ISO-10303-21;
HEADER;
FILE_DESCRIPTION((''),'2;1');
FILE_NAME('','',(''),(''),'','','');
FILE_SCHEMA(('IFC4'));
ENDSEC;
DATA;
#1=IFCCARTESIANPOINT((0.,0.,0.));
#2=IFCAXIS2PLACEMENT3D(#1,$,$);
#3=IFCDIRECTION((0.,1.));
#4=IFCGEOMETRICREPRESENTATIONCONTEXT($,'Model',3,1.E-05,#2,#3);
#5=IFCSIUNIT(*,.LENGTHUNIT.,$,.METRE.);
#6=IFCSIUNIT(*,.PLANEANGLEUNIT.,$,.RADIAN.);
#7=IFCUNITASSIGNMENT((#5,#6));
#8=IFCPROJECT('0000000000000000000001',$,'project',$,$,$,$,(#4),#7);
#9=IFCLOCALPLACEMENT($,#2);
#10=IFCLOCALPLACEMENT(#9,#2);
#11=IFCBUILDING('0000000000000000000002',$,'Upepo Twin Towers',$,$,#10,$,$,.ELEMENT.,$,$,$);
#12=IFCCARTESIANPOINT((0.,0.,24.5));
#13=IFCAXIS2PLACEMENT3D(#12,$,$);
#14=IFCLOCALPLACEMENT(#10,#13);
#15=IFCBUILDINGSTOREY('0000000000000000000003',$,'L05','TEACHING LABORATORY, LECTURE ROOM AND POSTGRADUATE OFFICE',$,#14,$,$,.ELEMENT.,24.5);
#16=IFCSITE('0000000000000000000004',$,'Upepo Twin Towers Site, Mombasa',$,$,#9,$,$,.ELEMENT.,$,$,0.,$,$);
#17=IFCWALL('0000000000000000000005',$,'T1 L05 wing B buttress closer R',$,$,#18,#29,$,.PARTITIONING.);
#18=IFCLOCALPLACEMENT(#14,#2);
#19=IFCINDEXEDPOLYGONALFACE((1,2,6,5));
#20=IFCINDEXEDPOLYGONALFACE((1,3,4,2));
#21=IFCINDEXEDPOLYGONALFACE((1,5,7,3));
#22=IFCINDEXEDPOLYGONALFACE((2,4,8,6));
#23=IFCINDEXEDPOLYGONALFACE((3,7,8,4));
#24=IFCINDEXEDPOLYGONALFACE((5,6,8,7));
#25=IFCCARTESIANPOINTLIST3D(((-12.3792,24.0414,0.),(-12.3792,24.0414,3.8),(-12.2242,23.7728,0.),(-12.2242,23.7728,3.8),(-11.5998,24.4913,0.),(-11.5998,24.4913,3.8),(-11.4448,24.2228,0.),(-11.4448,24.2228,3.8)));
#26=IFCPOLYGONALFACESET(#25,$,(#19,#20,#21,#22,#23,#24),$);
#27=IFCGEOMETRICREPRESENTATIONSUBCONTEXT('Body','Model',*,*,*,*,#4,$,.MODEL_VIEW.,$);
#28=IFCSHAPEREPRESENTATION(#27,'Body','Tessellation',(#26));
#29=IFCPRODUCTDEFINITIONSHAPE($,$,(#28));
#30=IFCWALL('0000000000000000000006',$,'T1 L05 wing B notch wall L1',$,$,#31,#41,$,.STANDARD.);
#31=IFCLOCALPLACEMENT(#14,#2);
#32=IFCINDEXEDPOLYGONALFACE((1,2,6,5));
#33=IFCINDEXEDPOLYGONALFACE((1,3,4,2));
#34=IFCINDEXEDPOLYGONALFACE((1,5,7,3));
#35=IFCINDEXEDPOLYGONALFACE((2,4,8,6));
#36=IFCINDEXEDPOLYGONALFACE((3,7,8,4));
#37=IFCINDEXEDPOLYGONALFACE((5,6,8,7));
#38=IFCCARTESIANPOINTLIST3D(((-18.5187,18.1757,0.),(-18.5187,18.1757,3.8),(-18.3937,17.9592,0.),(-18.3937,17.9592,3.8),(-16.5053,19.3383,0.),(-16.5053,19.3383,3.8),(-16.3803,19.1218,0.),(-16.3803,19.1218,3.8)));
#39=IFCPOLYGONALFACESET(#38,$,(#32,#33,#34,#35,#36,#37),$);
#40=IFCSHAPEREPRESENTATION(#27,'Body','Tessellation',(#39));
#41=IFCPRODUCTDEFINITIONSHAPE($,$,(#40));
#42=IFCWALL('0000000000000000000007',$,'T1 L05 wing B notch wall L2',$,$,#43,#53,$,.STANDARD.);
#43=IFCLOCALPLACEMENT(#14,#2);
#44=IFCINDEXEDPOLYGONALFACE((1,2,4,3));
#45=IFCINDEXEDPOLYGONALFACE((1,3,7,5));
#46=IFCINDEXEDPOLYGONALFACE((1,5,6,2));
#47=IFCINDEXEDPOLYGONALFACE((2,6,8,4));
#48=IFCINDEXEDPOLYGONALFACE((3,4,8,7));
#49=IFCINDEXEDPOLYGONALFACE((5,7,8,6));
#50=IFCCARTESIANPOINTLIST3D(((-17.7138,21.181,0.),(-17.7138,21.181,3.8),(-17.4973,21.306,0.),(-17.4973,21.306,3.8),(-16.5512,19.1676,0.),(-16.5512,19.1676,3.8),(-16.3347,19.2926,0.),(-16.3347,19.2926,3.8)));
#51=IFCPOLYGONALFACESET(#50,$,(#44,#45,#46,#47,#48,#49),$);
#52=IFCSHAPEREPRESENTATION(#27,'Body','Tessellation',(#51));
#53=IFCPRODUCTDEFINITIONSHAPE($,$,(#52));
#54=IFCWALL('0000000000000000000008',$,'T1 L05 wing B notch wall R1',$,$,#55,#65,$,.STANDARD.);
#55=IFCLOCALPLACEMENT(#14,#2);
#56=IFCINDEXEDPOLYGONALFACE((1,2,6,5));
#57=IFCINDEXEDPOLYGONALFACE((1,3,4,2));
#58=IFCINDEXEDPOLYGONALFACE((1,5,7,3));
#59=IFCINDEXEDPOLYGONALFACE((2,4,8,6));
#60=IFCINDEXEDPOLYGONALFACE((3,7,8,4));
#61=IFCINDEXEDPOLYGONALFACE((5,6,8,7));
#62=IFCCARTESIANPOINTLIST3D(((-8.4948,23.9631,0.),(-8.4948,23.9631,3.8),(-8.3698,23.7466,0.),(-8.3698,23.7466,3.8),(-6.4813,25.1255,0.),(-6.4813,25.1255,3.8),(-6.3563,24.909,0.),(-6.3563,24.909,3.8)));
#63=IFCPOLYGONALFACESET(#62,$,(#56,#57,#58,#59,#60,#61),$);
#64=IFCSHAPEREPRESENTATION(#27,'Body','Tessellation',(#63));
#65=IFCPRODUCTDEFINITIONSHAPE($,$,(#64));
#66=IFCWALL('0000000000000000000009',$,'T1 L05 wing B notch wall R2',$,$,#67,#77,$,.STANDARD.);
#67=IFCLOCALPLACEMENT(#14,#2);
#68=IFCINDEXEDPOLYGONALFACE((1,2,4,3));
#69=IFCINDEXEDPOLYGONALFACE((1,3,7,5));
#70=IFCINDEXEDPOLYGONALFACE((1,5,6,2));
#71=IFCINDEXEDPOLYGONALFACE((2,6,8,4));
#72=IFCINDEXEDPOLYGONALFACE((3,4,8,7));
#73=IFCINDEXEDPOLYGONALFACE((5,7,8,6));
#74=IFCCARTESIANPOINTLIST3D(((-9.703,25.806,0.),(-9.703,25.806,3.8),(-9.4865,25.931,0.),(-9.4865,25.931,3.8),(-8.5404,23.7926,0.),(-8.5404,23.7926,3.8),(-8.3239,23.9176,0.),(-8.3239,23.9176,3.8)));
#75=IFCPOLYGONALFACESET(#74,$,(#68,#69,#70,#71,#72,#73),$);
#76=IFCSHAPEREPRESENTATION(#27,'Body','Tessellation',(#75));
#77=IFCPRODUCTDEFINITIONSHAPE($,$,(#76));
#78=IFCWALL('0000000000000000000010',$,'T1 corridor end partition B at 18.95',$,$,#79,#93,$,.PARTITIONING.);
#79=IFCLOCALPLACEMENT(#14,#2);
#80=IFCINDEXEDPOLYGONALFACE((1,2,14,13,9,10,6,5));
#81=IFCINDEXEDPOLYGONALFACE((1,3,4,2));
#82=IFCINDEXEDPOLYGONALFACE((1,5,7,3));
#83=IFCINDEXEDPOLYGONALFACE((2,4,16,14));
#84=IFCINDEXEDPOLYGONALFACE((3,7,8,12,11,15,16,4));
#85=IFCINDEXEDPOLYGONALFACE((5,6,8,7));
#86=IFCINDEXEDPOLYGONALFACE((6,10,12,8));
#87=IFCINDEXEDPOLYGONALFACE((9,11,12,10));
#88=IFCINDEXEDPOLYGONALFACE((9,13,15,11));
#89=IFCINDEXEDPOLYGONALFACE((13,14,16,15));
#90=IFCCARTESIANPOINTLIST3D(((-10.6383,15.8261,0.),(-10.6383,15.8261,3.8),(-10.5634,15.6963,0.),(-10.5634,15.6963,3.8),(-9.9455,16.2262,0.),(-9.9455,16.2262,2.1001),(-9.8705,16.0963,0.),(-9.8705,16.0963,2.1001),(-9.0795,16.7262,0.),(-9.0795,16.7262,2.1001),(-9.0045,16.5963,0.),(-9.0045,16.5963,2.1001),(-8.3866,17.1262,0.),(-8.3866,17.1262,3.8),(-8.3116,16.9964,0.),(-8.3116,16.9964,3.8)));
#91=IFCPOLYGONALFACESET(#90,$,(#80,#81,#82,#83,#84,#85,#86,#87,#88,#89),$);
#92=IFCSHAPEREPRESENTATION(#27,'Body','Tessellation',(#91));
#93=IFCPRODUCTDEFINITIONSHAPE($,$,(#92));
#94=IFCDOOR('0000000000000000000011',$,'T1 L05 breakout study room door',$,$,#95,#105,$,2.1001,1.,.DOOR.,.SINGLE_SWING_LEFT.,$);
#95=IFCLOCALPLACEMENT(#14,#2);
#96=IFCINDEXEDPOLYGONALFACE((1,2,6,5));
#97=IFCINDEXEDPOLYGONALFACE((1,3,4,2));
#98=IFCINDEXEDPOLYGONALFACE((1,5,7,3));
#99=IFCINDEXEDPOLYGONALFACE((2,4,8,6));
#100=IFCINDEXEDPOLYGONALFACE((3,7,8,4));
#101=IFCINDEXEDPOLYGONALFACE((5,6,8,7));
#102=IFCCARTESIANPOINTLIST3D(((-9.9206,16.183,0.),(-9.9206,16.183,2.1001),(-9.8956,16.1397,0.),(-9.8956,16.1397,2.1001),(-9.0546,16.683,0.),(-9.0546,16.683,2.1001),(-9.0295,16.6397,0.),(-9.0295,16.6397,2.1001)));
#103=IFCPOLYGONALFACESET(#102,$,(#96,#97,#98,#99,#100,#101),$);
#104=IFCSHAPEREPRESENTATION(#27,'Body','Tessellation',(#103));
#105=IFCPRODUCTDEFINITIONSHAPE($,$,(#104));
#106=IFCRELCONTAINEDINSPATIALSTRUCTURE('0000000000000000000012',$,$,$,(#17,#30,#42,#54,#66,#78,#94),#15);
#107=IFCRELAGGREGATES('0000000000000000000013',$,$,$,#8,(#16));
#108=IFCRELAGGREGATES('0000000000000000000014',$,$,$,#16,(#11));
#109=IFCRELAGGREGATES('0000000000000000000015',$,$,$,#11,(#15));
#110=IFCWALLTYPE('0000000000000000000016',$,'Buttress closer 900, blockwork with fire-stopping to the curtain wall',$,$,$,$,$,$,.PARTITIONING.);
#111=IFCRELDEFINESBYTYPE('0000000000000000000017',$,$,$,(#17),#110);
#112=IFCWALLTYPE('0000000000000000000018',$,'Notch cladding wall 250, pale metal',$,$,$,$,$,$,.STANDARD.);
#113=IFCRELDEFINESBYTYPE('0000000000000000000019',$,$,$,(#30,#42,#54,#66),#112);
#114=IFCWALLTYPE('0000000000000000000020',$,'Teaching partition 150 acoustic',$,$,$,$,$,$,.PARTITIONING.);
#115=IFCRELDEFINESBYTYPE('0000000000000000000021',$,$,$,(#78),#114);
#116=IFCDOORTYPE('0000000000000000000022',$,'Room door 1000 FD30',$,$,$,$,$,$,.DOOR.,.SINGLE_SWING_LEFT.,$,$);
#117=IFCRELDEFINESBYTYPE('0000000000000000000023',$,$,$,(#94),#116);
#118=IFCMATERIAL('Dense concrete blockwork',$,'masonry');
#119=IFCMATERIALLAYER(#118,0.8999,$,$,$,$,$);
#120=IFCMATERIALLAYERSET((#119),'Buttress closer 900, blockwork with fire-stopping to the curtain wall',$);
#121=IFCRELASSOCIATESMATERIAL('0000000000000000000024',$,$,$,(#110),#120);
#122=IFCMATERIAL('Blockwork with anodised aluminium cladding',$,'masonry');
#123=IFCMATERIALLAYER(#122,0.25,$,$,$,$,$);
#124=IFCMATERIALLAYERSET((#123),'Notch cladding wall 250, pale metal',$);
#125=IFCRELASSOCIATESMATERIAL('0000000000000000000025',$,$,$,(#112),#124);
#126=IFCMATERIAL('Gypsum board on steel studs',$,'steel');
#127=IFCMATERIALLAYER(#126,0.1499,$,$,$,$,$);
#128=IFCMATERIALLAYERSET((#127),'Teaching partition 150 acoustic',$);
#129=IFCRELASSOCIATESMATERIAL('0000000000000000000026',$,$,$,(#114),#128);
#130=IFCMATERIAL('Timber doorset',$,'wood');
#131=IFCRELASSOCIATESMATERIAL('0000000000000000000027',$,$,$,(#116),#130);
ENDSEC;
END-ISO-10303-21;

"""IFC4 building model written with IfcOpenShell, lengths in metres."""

from ifc_helpers import new_model, si_unit, direction, frame, frame_2d, origin, place, context, subcontext, project, spatial, rectangle, extrude, material, layer, layer_set, type_object, element, fill, save


model = new_model("IFC4")

# Units and contexts
model_context = context("Model", 3, precision=1e-05, world=origin(), true_north=direction((0.0, 1.0)))
body_context = subcontext(model_context, "Body", "Model", "MODEL_VIEW")
ifc_project = project(units=[si_unit("LENGTHUNIT", "METRE"), si_unit("PLANEANGLEUNIT", "RADIAN")], contexts=[model_context])

# Site, building, storey
site_placement = place(None, origin())
site = spatial("IfcSite", under=ifc_project, at=site_placement, Name="Upepo Twin Towers Site, Mombasa", CompositionType="ELEMENT", RefElevation=0.0)
building_placement = place(site_placement, origin())
building = spatial("IfcBuilding", under=site, at=building_placement, Name="Upepo Twin Towers", CompositionType="ELEMENT")
storey_placement = place(building_placement, frame((0.0, 0.0, 24.5)))
storey = spatial("IfcBuildingStorey", under=building, at=storey_placement, Name="L05", Description="TEACHING LABORATORY, LECTURE ROOM AND POSTGRADUATE OFFICE", CompositionType="ELEMENT", Elevation=24.5)

# Walls
ifc_material_1 = material(Name="Dense concrete blockwork", Category="masonry")
ifc_layer_1 = layer(ifc_material_1, 0.8999)
ifc_layer_set_1 = layer_set([ifc_layer_1], Name="Buttress closer 900, blockwork with fire-stopping to the curtain wall")
wall_type_1 = type_object("IfcWallType", Name="Buttress closer 900, blockwork with fire-stopping to the curtain wall", PredefinedType="PARTITIONING", material=ifc_layer_set_1)
for number, where, z_axis, x_axis, name in (
    (1, (-11.8345, 23.9978, 0.0), (0.0, 0.0, 1.0), (-0.49995, 0.866054, 0.0), "T1 L05 wing B buttress closer R"),
):
    element("IfcWall", number, at=place(storey_placement, frame(where, z_axis=z_axis, x_axis=x_axis)), inside=storey, type_object=wall_type_1, Name=name, PredefinedType="PARTITIONING", context=body_context, shape_type="SweptSolid", body=[
        extrude(rectangle(XDim=0.3101, YDim=0.8999, at=frame_2d((0.155, 0.0))), origin(), (0.0, 0.0, 1.0), 3.8),
    ])
ifc_material_2 = material(Name="Blockwork with anodised aluminium cladding", Category="masonry")
ifc_layer_2 = layer(ifc_material_2, 0.25)
ifc_layer_set_2 = layer_set([ifc_layer_2], Name="Notch cladding wall 250, pale metal")
wall_type_2 = type_object("IfcWallType", Name="Notch cladding wall 250, pale metal", PredefinedType="STANDARD", material=ifc_layer_set_2)
for number, where, z_axis, x_axis, name in (
    (2, (-18.4563, 18.0674, 0.0), (0.0, 0.0, 1.0), (0.865998, 0.500047, 0.0), "T1 L05 wing B notch wall L1"),
    (3, (-16.4429, 19.23, 0.0), (0.0, 0.0, 1.0), (-0.500047, 0.865998, 0.0), "T1 L05 wing B notch wall L2"),
    (4, (-6.4187, 25.0173, 0.0), (0.0, 0.0, 1.0), (-0.866044, -0.499968, 0.0), "T1 L05 wing B notch wall R1"),
    (5, (-8.4321, 23.855, 0.0), (0.0, 0.0, 1.0), (-0.500047, 0.865998, 0.0), "T1 L05 wing B notch wall R2"),
):
    element("IfcWall", number, at=place(storey_placement, frame(where, z_axis=z_axis, x_axis=x_axis)), inside=storey, type_object=wall_type_2, Name=name, PredefinedType="STANDARD", context=body_context, shape_type="SweptSolid", body=[
        extrude(rectangle(XDim=2.325, YDim=0.25, at=frame_2d((1.1626, 0.0))), origin(), (0.0, 0.0, 1.0), 3.8),
    ])

# Wall, opening, door
ifc_material_3 = material(Name="Gypsum board on steel studs", Category="steel")
ifc_layer_3 = layer(ifc_material_3, 0.1499)
ifc_layer_set_3 = layer_set([ifc_layer_3], Name="Teaching partition 150 acoustic")
wall_type_3 = type_object("IfcWallType", Name="Teaching partition 150 acoustic", PredefinedType="PARTITIONING", material=ifc_layer_set_3)
wall_placement = place(storey_placement, frame((-8.3491, 17.0613, 0.0), z_axis=(0.0, 0.0, 1.0), x_axis=(-0.866021, -0.500007, 0.0)))
wall = element("IfcWall", 6, at=wall_placement, inside=storey, type_object=wall_type_3, Name="T1 corridor end partition B at 18.95", PredefinedType="PARTITIONING", context=body_context, shape_type="SweptSolid", body=[
    extrude(rectangle(XDim=2.6001, YDim=0.1499, at=frame_2d((1.3, 0.0))), origin(), (0.0, 0.0, 1.0), 3.8),
])
opening_placement = place(wall_placement, frame((0.8, 0.0, 0.0)))
opening = element("IfcOpeningElement", 7, at=opening_placement, cuts=wall, PredefinedType="OPENING", context=body_context, shape_type="SweptSolid", body=[
    extrude(rectangle(XDim=1.0, YDim=2.1001, at=frame_2d((0.5, 1.05))), frame((0.0, 0.085, 0.0), z_axis=(0.0, -1.0, 0.0), x_axis=(1.0, 0.0, 0.0)), (0.0, 0.0, 1.0), 0.1699),
])
ifc_material_4 = material(Name="Timber doorset", Category="wood")
door_type = type_object("IfcDoorType", Name="Room door 1000 FD30", OperationType="SINGLE_SWING_LEFT", PredefinedType="DOOR", material=ifc_material_4)
door_placement = place(opening_placement, origin())
door = element("IfcDoor", 8, at=door_placement, inside=storey, type_object=door_type, Name="T1 L05 breakout study room door", OperationType="SINGLE_SWING_LEFT", OverallHeight=2.1001, OverallWidth=1.0, PredefinedType="DOOR", context=body_context, shape_type="SweptSolid", body=[
    extrude(rectangle(XDim=1.0, YDim=2.1001, at=frame_2d((0.5, 1.05))), frame((0.0, 0.0249, 0.0), z_axis=(0.0, -1.0, 0.0), x_axis=(1.0, 0.0, 0.0)), (0.0, 0.0, 1.0), 0.05),
])
fill(opening, door)

save(model, "model.ifc")
